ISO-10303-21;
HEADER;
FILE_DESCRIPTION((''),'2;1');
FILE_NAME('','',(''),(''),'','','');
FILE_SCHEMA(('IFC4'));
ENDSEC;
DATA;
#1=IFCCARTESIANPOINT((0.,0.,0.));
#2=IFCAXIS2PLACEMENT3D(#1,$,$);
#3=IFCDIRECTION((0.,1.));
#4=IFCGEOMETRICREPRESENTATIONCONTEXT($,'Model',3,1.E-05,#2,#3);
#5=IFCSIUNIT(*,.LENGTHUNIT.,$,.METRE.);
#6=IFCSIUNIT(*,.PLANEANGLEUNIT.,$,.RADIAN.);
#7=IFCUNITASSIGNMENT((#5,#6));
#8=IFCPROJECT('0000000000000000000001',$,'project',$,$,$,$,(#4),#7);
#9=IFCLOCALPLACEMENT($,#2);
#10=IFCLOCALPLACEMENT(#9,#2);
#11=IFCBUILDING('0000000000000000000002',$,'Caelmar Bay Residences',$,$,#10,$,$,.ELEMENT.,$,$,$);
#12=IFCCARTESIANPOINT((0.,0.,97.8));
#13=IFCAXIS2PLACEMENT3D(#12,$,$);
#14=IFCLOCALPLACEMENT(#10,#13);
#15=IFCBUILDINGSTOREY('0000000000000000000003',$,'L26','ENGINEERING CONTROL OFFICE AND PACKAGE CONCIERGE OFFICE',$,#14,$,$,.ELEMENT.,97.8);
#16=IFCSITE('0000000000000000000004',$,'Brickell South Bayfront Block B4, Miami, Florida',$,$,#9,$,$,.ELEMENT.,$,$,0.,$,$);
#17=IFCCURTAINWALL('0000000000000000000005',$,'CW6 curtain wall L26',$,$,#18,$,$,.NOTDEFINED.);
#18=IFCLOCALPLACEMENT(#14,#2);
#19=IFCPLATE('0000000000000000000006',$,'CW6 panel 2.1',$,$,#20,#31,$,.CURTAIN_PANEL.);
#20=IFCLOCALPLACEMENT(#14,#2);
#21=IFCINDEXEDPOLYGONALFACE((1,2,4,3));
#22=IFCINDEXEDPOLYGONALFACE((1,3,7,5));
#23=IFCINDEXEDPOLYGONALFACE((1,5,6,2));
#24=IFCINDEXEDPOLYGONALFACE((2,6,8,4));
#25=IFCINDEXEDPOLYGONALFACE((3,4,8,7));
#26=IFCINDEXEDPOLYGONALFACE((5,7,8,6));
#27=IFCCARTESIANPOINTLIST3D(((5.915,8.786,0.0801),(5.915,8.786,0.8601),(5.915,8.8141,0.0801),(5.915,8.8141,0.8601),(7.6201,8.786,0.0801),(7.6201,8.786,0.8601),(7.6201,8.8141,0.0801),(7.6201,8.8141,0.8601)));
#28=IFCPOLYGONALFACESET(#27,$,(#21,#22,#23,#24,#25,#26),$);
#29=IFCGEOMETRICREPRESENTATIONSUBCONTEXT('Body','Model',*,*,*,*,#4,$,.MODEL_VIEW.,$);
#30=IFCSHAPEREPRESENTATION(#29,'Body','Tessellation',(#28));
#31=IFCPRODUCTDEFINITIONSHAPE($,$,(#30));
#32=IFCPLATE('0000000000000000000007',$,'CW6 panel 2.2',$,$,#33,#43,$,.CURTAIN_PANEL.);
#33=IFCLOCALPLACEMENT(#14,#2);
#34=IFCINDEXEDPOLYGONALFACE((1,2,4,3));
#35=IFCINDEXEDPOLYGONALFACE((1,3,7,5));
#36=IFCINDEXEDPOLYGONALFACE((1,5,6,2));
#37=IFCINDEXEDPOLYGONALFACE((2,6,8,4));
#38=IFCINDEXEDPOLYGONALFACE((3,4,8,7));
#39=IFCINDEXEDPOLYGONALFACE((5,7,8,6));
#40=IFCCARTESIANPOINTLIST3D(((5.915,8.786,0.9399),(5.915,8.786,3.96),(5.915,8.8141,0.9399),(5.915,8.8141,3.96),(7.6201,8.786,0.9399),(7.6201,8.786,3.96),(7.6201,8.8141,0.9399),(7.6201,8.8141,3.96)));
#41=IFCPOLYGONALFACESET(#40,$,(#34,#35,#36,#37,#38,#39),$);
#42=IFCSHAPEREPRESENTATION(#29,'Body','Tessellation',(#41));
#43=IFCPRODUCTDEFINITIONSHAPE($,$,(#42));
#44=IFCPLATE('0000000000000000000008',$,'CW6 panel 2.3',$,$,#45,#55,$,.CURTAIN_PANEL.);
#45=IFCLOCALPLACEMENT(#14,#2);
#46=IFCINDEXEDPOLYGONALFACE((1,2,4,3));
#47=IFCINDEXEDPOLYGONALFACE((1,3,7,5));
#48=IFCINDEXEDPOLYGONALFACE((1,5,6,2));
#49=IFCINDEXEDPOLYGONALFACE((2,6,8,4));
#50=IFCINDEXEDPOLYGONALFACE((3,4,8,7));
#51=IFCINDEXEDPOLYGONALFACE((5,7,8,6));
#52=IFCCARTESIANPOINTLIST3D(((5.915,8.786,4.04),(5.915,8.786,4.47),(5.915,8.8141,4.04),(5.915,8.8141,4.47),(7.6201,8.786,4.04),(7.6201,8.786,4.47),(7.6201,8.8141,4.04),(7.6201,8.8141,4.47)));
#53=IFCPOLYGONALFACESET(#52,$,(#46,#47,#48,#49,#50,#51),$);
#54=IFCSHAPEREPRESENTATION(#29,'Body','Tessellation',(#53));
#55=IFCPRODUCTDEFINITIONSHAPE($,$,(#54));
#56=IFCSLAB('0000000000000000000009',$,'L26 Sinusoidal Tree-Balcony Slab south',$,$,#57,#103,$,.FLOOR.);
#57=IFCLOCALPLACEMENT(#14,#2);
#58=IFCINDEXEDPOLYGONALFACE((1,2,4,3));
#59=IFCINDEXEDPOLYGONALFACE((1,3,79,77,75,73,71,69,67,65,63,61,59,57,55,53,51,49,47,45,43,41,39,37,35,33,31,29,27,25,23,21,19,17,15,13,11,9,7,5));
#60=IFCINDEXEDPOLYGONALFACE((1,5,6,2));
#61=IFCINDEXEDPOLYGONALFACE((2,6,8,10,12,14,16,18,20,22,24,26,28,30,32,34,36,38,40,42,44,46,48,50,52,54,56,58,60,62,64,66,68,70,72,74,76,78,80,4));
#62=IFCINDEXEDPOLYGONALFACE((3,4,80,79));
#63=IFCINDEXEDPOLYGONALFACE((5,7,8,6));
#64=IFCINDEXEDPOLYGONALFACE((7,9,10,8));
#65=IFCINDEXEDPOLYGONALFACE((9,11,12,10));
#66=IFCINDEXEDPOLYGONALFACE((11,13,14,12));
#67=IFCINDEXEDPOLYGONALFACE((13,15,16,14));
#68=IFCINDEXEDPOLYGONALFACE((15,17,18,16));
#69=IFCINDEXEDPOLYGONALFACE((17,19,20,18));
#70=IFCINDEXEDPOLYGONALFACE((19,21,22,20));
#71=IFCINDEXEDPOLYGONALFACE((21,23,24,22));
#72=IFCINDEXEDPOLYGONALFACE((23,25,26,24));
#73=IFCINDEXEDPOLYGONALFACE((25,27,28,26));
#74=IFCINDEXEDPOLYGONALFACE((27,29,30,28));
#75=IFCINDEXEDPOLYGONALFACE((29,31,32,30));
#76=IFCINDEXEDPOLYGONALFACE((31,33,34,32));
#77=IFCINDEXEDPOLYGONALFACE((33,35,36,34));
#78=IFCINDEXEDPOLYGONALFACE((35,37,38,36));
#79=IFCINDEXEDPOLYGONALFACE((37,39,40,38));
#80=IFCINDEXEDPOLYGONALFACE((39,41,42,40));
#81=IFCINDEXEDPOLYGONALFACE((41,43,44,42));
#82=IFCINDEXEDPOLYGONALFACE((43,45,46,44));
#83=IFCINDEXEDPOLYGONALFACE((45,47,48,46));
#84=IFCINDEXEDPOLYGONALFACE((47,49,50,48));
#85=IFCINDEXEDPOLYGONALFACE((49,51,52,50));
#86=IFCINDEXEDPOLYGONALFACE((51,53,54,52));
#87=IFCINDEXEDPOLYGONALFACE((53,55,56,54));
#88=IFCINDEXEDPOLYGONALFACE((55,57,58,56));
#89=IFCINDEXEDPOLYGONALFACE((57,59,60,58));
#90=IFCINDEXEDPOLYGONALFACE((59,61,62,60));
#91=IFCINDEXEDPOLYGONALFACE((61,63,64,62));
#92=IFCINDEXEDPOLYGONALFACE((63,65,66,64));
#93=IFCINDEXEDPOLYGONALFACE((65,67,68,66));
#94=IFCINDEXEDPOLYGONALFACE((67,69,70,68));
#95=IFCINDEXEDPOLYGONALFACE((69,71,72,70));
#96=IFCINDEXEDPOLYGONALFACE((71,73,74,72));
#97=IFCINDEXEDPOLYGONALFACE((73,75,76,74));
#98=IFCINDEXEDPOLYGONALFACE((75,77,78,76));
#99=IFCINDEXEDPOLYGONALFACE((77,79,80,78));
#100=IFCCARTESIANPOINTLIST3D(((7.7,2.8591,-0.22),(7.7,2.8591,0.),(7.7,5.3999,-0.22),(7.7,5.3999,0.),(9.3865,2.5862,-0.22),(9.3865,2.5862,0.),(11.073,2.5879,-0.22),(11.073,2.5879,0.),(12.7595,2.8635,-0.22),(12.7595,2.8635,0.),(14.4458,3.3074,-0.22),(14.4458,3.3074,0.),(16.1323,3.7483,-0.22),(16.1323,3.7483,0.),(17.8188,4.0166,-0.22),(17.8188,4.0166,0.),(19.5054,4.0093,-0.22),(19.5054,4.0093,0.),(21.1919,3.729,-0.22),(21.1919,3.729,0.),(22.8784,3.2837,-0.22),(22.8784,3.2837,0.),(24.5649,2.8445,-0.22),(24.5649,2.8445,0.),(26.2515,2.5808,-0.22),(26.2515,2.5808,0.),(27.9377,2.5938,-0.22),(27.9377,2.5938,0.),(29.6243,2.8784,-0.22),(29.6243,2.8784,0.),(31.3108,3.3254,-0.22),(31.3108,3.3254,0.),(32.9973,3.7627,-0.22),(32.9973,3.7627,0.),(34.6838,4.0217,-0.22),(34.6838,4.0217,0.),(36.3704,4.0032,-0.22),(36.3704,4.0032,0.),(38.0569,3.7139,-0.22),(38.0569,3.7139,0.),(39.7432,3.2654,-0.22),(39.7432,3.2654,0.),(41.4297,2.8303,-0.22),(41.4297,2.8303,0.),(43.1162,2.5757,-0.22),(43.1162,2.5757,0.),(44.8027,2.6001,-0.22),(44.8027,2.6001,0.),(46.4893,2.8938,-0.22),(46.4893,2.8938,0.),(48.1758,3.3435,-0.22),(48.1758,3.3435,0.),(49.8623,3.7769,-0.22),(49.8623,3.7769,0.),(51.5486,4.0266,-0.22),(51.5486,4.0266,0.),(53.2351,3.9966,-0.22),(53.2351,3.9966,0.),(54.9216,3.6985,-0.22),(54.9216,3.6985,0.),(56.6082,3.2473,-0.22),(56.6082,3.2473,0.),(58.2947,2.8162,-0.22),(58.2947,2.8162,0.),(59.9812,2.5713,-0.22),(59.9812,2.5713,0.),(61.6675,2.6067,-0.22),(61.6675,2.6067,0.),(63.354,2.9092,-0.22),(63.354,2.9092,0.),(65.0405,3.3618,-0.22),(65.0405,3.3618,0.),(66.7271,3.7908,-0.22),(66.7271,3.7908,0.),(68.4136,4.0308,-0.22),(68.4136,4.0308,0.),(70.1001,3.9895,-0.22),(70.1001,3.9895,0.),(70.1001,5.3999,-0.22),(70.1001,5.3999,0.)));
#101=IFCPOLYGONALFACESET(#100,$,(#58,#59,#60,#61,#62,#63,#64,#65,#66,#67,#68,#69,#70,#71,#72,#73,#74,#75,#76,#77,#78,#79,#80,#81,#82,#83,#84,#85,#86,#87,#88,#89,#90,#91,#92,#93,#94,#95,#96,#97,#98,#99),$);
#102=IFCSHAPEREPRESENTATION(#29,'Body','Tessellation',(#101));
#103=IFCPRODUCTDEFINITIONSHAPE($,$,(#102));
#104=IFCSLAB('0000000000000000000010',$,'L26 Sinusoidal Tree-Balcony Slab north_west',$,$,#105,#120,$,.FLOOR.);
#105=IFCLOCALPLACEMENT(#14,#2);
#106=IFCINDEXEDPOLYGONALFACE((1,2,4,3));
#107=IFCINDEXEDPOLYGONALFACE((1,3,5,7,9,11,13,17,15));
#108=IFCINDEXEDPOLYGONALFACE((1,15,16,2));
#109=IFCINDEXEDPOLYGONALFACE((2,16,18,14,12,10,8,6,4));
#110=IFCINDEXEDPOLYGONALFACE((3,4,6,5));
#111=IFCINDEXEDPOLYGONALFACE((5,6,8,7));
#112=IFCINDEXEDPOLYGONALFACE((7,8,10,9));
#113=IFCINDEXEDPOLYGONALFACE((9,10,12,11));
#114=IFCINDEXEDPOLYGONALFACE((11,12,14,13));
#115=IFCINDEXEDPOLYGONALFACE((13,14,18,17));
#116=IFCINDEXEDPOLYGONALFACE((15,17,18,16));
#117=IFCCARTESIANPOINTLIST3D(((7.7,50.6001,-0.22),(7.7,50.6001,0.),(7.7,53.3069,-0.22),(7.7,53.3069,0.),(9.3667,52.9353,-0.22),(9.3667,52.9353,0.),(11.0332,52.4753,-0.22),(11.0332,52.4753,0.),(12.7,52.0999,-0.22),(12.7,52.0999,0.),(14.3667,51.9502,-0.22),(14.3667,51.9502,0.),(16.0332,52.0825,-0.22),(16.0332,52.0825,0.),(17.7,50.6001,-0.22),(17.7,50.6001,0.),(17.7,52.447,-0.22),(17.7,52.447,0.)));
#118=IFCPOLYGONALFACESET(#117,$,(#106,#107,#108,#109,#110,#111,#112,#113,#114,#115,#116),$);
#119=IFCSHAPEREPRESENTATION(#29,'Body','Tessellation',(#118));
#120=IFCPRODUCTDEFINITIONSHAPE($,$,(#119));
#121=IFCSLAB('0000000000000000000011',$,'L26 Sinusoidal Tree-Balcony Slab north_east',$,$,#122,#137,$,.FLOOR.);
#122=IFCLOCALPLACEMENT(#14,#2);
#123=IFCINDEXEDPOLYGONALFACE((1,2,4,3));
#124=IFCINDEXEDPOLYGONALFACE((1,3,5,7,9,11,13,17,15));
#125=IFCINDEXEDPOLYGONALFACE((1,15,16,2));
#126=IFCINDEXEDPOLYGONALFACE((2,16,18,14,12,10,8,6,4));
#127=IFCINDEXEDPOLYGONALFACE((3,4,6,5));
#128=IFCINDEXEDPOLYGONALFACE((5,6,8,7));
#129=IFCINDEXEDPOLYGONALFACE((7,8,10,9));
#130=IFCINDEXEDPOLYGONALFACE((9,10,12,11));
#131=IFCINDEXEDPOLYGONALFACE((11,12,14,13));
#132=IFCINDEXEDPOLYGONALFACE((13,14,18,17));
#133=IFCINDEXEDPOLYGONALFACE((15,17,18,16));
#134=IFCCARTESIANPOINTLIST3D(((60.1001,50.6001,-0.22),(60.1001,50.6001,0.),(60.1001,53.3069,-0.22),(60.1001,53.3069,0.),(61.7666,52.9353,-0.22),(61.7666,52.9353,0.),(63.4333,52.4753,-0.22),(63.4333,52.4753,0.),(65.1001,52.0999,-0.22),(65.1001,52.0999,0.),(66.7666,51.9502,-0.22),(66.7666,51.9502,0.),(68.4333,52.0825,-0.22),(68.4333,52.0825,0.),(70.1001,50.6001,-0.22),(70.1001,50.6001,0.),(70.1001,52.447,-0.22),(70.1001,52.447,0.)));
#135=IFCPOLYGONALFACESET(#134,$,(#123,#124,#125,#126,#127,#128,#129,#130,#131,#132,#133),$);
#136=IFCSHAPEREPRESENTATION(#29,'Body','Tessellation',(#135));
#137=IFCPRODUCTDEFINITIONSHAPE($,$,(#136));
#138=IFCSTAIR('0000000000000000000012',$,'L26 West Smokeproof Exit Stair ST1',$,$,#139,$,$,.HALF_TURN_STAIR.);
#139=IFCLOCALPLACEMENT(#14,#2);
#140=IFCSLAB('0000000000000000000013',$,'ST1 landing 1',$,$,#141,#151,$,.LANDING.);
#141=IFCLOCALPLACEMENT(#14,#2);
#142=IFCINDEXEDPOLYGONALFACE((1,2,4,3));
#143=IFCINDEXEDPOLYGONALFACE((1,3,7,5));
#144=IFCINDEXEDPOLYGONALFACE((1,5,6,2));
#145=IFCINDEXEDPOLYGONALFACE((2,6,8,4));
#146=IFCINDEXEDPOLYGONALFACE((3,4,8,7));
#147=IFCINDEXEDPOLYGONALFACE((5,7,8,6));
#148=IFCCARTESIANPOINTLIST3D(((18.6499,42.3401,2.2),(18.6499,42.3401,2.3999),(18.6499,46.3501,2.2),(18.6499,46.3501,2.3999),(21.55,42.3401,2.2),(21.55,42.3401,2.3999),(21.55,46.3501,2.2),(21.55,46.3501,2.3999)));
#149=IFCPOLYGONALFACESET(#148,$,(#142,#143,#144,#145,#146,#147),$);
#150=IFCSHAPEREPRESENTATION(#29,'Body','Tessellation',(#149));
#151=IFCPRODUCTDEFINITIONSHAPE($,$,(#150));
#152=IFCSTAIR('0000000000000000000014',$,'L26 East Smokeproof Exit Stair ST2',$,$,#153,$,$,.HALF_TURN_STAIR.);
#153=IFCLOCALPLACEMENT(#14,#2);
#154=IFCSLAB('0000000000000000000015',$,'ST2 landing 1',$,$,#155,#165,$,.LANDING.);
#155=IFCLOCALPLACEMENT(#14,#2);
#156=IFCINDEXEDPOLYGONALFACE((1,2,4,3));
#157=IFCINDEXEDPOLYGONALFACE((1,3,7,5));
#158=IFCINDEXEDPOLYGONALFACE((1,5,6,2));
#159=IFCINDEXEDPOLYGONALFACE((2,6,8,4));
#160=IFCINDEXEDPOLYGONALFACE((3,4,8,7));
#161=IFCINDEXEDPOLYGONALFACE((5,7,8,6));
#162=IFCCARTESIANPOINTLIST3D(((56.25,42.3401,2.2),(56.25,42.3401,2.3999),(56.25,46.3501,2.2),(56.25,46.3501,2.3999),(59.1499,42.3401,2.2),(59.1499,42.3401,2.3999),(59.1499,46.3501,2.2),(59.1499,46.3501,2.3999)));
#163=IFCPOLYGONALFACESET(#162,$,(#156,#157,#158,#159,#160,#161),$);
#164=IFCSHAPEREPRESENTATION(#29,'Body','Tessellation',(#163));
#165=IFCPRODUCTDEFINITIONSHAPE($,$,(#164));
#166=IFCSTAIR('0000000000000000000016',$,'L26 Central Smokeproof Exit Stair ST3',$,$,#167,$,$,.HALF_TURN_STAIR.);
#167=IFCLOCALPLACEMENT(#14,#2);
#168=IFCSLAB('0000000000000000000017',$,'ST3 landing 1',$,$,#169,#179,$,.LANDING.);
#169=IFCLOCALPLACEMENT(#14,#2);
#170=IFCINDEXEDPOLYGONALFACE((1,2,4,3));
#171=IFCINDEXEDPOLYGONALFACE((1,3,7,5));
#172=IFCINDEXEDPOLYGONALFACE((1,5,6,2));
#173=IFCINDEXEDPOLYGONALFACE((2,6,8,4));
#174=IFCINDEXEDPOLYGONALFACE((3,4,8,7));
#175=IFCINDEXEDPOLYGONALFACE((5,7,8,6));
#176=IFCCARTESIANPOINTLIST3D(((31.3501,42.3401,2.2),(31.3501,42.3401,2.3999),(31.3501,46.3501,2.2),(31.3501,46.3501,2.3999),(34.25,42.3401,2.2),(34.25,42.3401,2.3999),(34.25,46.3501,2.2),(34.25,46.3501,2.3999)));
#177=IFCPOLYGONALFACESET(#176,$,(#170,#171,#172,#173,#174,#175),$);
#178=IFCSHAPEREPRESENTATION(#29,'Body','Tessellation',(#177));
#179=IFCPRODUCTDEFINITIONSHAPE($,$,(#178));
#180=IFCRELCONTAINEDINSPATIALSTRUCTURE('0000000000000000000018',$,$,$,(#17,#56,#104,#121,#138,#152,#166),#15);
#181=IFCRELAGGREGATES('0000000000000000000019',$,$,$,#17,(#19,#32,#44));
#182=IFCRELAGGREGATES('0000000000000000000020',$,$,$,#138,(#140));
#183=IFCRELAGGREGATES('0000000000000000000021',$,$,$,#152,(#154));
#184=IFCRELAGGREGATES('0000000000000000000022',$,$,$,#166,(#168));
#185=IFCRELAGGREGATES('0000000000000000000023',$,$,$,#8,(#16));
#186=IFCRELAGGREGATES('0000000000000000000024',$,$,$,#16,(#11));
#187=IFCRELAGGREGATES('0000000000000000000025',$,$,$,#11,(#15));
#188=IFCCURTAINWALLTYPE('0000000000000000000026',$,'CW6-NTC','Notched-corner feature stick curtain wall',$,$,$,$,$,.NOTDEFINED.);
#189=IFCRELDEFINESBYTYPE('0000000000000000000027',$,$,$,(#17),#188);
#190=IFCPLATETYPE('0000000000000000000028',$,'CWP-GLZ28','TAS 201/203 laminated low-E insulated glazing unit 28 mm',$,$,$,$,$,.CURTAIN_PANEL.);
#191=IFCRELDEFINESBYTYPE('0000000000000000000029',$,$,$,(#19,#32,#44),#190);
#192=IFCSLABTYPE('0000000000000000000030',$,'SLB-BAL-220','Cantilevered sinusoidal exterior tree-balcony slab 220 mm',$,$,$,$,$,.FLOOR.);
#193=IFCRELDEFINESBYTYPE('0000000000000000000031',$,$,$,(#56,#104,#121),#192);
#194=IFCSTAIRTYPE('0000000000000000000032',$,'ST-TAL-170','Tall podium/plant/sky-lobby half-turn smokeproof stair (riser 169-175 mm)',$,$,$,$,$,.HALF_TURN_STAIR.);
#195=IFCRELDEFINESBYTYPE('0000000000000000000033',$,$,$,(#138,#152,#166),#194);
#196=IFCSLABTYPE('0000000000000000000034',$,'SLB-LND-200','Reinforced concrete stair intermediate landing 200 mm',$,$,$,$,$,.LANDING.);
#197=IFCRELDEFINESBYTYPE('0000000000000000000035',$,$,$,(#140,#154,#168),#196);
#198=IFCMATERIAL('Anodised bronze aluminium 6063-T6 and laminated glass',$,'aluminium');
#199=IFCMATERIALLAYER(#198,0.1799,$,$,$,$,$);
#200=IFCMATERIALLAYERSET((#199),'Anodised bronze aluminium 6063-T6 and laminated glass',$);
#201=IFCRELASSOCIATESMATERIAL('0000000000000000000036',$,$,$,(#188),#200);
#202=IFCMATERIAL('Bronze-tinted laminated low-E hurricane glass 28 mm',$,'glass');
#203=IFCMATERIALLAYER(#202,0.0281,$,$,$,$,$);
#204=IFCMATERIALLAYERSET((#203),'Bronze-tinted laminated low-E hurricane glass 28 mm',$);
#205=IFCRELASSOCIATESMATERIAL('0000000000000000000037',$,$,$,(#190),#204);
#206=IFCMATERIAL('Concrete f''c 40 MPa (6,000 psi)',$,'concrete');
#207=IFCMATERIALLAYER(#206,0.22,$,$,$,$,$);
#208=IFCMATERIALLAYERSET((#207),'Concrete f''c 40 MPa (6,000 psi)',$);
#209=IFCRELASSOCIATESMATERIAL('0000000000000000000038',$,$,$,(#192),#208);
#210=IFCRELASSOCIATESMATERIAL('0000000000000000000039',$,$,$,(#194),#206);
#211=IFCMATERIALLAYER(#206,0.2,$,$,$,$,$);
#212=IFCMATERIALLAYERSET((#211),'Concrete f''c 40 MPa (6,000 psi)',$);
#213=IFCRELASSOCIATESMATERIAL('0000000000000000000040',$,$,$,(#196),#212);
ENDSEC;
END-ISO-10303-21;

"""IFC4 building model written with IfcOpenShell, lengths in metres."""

from ifc_helpers import new_model, si_unit, direction, frame, origin, origin_2d, place, context, subcontext, project, spatial, polyline, rectangle, outline, extrude, material, layer, layer_set, type_object, element, aggregate, save


model = new_model("IFC4")

# Units and contexts
model_context = context("Model", 3, precision=1e-05, world=origin(), true_north=direction((0.0, 1.0)))
body_context = subcontext(model_context, "Body", "Model", "MODEL_VIEW")
ifc_project = project(units=[si_unit("LENGTHUNIT", "METRE"), si_unit("PLANEANGLEUNIT", "RADIAN")], contexts=[model_context])

# Site, building, storey
site_placement = place(None, origin())
site = spatial("IfcSite", under=ifc_project, at=site_placement, Name="Brickell South Bayfront Block B4, Miami, Florida", CompositionType="ELEMENT", RefElevation=0.0)
building_placement = place(site_placement, origin())
building = spatial("IfcBuilding", under=site, at=building_placement, Name="Caelmar Bay Residences", CompositionType="ELEMENT")
storey_placement = place(building_placement, frame((0.0, 0.0, 97.8)))
storey = spatial("IfcBuildingStorey", under=building, at=storey_placement, Name="L26", Description="ENGINEERING CONTROL OFFICE AND PACKAGE CONCIERGE OFFICE", CompositionType="ELEMENT", Elevation=97.8)

# Curtain wall, plates
ifc_material_1 = material(Name="Anodised bronze aluminium 6063-T6 and laminated glass", Category="aluminium")
ifc_layer_1 = layer(ifc_material_1, 0.1799)
ifc_layer_set_1 = layer_set([ifc_layer_1], Name="Anodised bronze aluminium 6063-T6 and laminated glass")
curtain_wall_type = type_object("IfcCurtainWallType", Name="CW6-NTC", Description="Notched-corner feature stick curtain wall", PredefinedType="NOTDEFINED", material=ifc_layer_set_1)
curtain_wall_placement = place(storey_placement, origin())
curtain_wall = element("IfcCurtainWall", 1, at=curtain_wall_placement, inside=storey, type_object=curtain_wall_type, Name="CW6 curtain wall L26", PredefinedType="NOTDEFINED")
ifc_material_2 = material(Name="Bronze-tinted laminated low-E hurricane glass 28 mm", Category="glass")
ifc_layer_2 = layer(ifc_material_2, 0.0281)
ifc_layer_set_2 = layer_set([ifc_layer_2], Name="Bronze-tinted laminated low-E hurricane glass 28 mm")
plate_type = type_object("IfcPlateType", Name="CWP-GLZ28", Description="TAS 201/203 laminated low-E insulated glazing unit 28 mm", PredefinedType="CURTAIN_PANEL", material=ifc_layer_set_2)
plate_1_placement = place(storey_placement, frame((6.7676, 8.8, 0.0801), z_axis=(0.0, 0.0, 1.0), x_axis=(1.0, 0.0, 0.0)))
plate_1 = element("IfcPlate", 2, at=plate_1_placement, type_object=plate_type, Name="CW6 panel 2.1", PredefinedType="CURTAIN_PANEL", context=body_context, shape_type="SweptSolid", body=[
    extrude(rectangle(XDim=1.7051, YDim=0.0281, at=origin_2d()), origin(), (0.0, 0.0, 1.0), 0.78),
])
plate_2_placement = place(storey_placement, frame((6.7676, 8.8, 0.9399), z_axis=(0.0, 0.0, 1.0), x_axis=(1.0, 0.0, 0.0)))
plate_2 = element("IfcPlate", 3, at=plate_2_placement, type_object=plate_type, Name="CW6 panel 2.2", PredefinedType="CURTAIN_PANEL", context=body_context, shape_type="SweptSolid", body=[
    extrude(rectangle(XDim=1.7051, YDim=0.0281, at=origin_2d()), origin(), (0.0, 0.0, 1.0), 3.02),
])
plate_3_placement = place(storey_placement, frame((6.7676, 8.8, 4.04), z_axis=(0.0, 0.0, 1.0), x_axis=(1.0, 0.0, 0.0)))
plate_3 = element("IfcPlate", 4, at=plate_3_placement, type_object=plate_type, Name="CW6 panel 2.3", PredefinedType="CURTAIN_PANEL", context=body_context, shape_type="SweptSolid", body=[
    extrude(rectangle(XDim=1.7051, YDim=0.0281, at=origin_2d()), origin(), (0.0, 0.0, 1.0), 0.4299),
])
aggregate(curtain_wall, [plate_1, plate_2, plate_3])

# Slabs
ifc_material_3 = material(Name="Concrete f'c 40 MPa (6,000 psi)", Category="concrete")
ifc_layer_3 = layer(ifc_material_3, 0.22)
ifc_layer_set_3 = layer_set([ifc_layer_3], Name="Concrete f'c 40 MPa (6,000 psi)")
slab_type_1 = type_object("IfcSlabType", Name="SLB-BAL-220", Description="Cantilevered sinusoidal exterior tree-balcony slab 220 mm", PredefinedType="FLOOR", material=ifc_layer_set_3)
slab_1_placement = place(storey_placement, frame((0.0, 0.0, -0.22)))
element("IfcSlab", 5, at=slab_1_placement, inside=storey, type_object=slab_type_1, Name="L26 Sinusoidal Tree-Balcony Slab south", PredefinedType="FLOOR", context=body_context, shape_type="SweptSolid", body=[
    extrude(outline(polyline([(7.7, 2.8591), (9.3865, 2.5862), (11.073, 2.5879), (12.7595, 2.8635), (14.4458, 3.3074), (16.1323, 3.7483), (17.8188, 4.0166), (19.5054, 4.0093), (21.1919, 3.729), (22.8784, 3.2837), (24.5649, 2.8445), (26.2515, 2.5808), (27.9377, 2.5938), (29.6243, 2.8784), (31.3108, 3.3254), (32.9973, 3.7627), (34.6838, 4.0217), (36.3704, 4.0032), (38.0569, 3.7139), (39.7432, 3.2654), (41.4297, 2.8303), (43.1162, 2.5757), (44.8027, 2.6001), (46.4893, 2.8938), (48.1758, 3.3435), (49.8623, 3.7769), (51.5486, 4.0266), (53.2351, 3.9966), (54.9216, 3.6985), (56.6082, 3.2473), (58.2947, 2.8162), (59.9812, 2.5713), (61.6675, 2.6067), (63.354, 2.9092), (65.0405, 3.3618), (66.7271, 3.7908), (68.4136, 4.0308), (70.1001, 3.9895), (70.1001, 5.3999), (7.7, 5.3999), (7.7, 2.8591)])), origin(), (0.0, 0.0, 1.0), 0.22),
])
slab_2_placement = place(storey_placement, frame((0.0, 0.0, -0.22)))
element("IfcSlab", 6, at=slab_2_placement, inside=storey, type_object=slab_type_1, Name="L26 Sinusoidal Tree-Balcony Slab north_west", PredefinedType="FLOOR", context=body_context, shape_type="SweptSolid", body=[
    extrude(outline(polyline([(7.7, 50.6001), (17.7, 50.6001), (17.7, 52.447), (16.0332, 52.0825), (14.3667, 51.9502), (12.7, 52.0999), (11.0332, 52.4753), (9.3667, 52.9353), (7.7, 53.3069), (7.7, 50.6001)])), origin(), (0.0, 0.0, 1.0), 0.22),
])
slab_3_placement = place(storey_placement, frame((0.0, 0.0, -0.22)))
element("IfcSlab", 7, at=slab_3_placement, inside=storey, type_object=slab_type_1, Name="L26 Sinusoidal Tree-Balcony Slab north_east", PredefinedType="FLOOR", context=body_context, shape_type="SweptSolid", body=[
    extrude(outline(polyline([(60.1001, 50.6001), (70.1001, 50.6001), (70.1001, 52.447), (68.4333, 52.0825), (66.7666, 51.9502), (65.1001, 52.0999), (63.4333, 52.4753), (61.7666, 52.9353), (60.1001, 53.3069), (60.1001, 50.6001)])), origin(), (0.0, 0.0, 1.0), 0.22),
])

# Stairs, slabs
stair_type = type_object("IfcStairType", Name="ST-TAL-170", Description="Tall podium/plant/sky-lobby half-turn smokeproof stair (riser 169-175 mm)", PredefinedType="HALF_TURN_STAIR", material=ifc_material_3)
stair_1_placement = place(storey_placement, origin())
stair_1 = element("IfcStair", 8, at=stair_1_placement, inside=storey, type_object=stair_type, Name="L26 West Smokeproof Exit Stair ST1", PredefinedType="HALF_TURN_STAIR")
ifc_layer_4 = layer(ifc_material_3, 0.2)
ifc_layer_set_4 = layer_set([ifc_layer_4], Name="Concrete f'c 40 MPa (6,000 psi)")
slab_type_2 = type_object("IfcSlabType", Name="SLB-LND-200", Description="Reinforced concrete stair intermediate landing 200 mm", PredefinedType="LANDING", material=ifc_layer_set_4)
slab_4_placement = place(storey_placement, frame((0.0, 0.0, 2.2)))
slab_4 = element("IfcSlab", 9, at=slab_4_placement, type_object=slab_type_2, Name="ST1 landing 1", PredefinedType="LANDING", context=body_context, shape_type="SweptSolid", body=[
    extrude(outline(polyline([(21.55, 42.3401), (21.55, 46.3501), (18.6499, 46.3501), (18.6499, 42.3401), (21.55, 42.3401)])), origin(), (0.0, 0.0, 1.0), 0.2),
])
aggregate(stair_1, [slab_4])
stair_2_placement = place(storey_placement, origin())
stair_2 = element("IfcStair", 10, at=stair_2_placement, inside=storey, type_object=stair_type, Name="L26 East Smokeproof Exit Stair ST2", PredefinedType="HALF_TURN_STAIR")
slab_5_placement = place(storey_placement, frame((0.0, 0.0, 2.2)))
slab_5 = element("IfcSlab", 11, at=slab_5_placement, type_object=slab_type_2, Name="ST2 landing 1", PredefinedType="LANDING", context=body_context, shape_type="SweptSolid", body=[
    extrude(outline(polyline([(59.1499, 42.3401), (59.1499, 46.3501), (56.25, 46.3501), (56.25, 42.3401), (59.1499, 42.3401)])), origin(), (0.0, 0.0, 1.0), 0.2),
])
aggregate(stair_2, [slab_5])
stair_3_placement = place(storey_placement, origin())
stair_3 = element("IfcStair", 12, at=stair_3_placement, inside=storey, type_object=stair_type, Name="L26 Central Smokeproof Exit Stair ST3", PredefinedType="HALF_TURN_STAIR")
slab_6_placement = place(storey_placement, frame((0.0, 0.0, 2.2)))
slab_6 = element("IfcSlab", 13, at=slab_6_placement, type_object=slab_type_2, Name="ST3 landing 1", PredefinedType="LANDING", context=body_context, shape_type="SweptSolid", body=[
    extrude(outline(polyline([(34.25, 42.3401), (34.25, 46.3501), (31.3501, 46.3501), (31.3501, 42.3401), (34.25, 42.3401)])), origin(), (0.0, 0.0, 1.0), 0.2),
])
aggregate(stair_3, [slab_6])

save(model, "model.ifc")
